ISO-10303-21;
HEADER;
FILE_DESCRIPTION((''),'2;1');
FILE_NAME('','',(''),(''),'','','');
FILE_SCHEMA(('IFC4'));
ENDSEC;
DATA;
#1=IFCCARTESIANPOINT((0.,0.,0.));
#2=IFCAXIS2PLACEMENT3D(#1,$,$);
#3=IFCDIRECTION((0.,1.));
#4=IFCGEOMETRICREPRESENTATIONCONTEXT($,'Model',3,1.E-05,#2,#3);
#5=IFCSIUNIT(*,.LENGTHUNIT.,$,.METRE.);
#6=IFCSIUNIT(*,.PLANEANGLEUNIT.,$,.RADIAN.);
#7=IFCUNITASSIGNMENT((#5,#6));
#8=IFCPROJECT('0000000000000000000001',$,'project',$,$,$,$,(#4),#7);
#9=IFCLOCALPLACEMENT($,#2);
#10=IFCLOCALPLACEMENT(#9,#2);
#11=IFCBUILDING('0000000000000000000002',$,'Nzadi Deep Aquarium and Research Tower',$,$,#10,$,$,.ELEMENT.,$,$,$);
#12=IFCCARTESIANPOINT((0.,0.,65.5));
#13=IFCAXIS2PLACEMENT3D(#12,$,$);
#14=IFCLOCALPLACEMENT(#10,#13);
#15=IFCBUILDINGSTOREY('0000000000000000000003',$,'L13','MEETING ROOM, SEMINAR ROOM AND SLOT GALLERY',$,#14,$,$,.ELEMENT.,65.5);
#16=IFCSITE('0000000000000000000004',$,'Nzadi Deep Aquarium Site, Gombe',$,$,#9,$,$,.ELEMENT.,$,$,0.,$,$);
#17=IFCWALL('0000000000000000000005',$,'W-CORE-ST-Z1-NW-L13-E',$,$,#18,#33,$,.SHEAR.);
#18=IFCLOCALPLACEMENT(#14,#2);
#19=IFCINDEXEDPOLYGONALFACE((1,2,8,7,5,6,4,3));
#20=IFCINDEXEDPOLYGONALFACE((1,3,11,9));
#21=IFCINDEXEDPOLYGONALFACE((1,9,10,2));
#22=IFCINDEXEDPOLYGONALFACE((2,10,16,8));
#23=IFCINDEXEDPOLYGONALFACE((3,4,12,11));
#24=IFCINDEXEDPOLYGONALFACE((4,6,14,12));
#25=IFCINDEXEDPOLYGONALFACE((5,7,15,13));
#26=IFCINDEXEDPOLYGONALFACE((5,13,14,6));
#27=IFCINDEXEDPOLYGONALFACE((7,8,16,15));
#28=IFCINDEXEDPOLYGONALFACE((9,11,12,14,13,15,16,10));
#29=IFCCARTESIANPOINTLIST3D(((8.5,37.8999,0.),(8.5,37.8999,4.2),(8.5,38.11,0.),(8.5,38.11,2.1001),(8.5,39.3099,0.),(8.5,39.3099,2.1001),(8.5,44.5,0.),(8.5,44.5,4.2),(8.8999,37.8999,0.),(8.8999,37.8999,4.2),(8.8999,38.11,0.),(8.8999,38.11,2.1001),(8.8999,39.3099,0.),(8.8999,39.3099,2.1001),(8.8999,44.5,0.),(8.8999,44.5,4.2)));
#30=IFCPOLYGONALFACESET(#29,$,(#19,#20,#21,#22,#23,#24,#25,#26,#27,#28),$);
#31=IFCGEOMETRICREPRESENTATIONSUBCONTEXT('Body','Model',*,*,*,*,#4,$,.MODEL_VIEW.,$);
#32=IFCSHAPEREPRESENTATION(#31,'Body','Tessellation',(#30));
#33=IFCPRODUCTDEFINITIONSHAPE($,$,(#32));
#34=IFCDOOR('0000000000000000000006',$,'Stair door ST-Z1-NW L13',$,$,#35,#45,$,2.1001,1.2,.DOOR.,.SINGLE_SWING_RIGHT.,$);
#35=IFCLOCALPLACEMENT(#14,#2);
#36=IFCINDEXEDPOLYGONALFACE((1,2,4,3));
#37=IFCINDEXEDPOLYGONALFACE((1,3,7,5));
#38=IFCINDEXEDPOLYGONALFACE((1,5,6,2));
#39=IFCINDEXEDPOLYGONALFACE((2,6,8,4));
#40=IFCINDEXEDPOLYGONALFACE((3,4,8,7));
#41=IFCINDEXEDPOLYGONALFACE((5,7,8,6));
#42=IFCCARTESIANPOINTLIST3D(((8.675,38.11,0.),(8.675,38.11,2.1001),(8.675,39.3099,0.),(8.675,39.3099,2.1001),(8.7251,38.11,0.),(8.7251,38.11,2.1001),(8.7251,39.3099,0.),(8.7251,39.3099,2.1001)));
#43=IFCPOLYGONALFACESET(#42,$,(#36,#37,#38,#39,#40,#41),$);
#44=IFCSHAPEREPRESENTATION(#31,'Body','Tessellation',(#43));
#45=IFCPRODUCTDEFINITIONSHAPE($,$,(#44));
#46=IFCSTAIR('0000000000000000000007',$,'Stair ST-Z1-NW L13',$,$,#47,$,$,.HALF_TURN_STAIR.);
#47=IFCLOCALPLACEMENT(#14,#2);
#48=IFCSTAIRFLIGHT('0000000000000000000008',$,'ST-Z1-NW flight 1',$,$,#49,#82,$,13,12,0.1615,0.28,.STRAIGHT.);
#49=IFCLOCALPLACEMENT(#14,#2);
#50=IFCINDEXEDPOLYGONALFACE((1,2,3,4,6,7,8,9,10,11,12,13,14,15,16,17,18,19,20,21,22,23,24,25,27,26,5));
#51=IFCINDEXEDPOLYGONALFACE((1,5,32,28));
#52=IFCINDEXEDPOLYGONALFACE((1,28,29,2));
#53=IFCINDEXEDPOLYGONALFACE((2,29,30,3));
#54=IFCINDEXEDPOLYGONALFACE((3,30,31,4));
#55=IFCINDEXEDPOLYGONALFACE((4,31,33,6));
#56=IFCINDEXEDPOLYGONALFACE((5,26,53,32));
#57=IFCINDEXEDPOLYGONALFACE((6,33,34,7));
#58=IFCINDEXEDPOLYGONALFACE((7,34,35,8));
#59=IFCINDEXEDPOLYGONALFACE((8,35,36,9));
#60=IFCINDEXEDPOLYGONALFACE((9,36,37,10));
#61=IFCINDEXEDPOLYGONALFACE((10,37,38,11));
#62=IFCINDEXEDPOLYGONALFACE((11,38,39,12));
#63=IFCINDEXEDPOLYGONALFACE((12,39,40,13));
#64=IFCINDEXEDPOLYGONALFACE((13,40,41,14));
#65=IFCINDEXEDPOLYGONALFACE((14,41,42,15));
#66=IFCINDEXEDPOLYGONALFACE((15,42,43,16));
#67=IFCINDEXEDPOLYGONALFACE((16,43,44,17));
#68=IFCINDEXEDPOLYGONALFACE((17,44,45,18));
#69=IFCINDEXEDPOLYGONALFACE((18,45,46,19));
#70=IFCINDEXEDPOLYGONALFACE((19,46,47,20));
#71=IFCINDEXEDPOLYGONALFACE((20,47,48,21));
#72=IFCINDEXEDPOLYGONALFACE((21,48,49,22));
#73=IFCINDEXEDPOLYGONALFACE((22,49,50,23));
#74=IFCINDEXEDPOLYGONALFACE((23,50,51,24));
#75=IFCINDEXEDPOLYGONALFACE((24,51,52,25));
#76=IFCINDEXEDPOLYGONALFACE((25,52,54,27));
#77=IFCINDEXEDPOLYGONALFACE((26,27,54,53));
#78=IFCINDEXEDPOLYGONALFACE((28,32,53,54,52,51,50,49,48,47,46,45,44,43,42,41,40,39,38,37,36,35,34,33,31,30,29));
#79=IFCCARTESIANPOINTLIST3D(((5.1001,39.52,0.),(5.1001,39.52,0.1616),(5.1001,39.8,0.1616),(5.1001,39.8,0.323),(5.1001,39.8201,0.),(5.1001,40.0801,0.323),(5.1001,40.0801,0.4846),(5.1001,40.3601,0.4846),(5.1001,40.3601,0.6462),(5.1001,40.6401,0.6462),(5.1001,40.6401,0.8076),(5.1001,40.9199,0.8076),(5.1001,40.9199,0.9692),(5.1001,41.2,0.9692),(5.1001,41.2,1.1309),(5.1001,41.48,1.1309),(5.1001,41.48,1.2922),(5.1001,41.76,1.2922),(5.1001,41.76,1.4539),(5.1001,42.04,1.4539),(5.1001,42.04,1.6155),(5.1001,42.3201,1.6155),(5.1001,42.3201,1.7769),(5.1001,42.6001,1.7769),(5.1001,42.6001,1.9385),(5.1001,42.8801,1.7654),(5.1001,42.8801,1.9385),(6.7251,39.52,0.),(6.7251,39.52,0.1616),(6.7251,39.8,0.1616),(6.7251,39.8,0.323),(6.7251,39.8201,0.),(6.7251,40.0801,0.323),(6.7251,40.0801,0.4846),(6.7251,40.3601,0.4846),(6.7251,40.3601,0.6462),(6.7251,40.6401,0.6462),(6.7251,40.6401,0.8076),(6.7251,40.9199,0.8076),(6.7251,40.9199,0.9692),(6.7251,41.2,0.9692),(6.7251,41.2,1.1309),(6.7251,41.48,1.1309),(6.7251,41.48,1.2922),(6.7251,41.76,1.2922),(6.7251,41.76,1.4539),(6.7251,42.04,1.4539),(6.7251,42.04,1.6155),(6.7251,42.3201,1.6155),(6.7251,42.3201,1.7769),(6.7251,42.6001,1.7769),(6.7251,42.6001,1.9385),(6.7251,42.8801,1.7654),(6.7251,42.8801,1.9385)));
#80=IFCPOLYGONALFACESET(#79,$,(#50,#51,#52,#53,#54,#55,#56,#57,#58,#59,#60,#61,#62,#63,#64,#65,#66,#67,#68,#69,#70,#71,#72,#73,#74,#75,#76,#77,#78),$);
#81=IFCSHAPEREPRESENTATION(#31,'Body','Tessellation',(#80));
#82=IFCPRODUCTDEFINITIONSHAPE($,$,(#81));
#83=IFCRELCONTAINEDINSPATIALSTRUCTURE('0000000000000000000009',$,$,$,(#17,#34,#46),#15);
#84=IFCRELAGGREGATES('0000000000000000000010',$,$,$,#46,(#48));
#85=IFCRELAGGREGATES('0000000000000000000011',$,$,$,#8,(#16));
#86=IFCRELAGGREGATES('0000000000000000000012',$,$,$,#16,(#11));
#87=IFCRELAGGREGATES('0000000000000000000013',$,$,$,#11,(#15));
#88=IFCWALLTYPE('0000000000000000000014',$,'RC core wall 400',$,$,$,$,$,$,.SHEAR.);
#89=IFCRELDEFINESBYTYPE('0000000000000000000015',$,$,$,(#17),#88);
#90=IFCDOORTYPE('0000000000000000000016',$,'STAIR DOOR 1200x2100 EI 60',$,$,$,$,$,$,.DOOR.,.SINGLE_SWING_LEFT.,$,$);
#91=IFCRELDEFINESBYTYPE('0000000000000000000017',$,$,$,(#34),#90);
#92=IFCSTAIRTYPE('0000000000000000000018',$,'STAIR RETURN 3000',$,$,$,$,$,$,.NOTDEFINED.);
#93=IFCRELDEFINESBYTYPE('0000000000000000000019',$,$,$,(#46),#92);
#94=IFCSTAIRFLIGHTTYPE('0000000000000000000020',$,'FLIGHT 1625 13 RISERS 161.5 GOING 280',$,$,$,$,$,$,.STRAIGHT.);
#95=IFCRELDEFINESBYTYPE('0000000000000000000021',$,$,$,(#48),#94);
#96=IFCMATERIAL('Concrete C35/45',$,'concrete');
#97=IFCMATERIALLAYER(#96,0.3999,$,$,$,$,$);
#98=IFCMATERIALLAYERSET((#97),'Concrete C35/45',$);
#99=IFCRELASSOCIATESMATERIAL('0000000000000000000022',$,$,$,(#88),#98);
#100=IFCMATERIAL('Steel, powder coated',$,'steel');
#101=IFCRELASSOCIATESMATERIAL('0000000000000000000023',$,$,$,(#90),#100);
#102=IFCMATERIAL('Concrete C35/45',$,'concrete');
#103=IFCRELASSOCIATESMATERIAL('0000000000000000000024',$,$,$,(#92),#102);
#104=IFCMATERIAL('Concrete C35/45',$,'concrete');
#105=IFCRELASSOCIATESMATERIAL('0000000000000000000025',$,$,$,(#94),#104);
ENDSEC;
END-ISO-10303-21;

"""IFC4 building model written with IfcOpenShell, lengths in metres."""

from ifc_helpers import new_model, si_unit, direction, frame, frame_2d, origin, place, context, subcontext, project, spatial, polyline, rectangle, outline, extrude, material, layer, layer_set, type_object, element, fill, aggregate, save


model = new_model("IFC4")

# Units and contexts
model_context = context("Model", 3, precision=1e-05, world=origin(), true_north=direction((0.0, 1.0)))
body_context = subcontext(model_context, "Body", "Model", "MODEL_VIEW")
ifc_project = project(units=[si_unit("LENGTHUNIT", "METRE"), si_unit("PLANEANGLEUNIT", "RADIAN")], contexts=[model_context])

# Site, building, storey
site_placement = place(None, origin())
site = spatial("IfcSite", under=ifc_project, at=site_placement, Name="Nzadi Deep Aquarium Site, Gombe", CompositionType="ELEMENT", RefElevation=0.0)
building_placement = place(site_placement, origin())
building = spatial("IfcBuilding", under=site, at=building_placement, Name="Nzadi Deep Aquarium and Research Tower", CompositionType="ELEMENT")
storey_placement = place(building_placement, frame((0.0, 0.0, 65.5)))
storey = spatial("IfcBuildingStorey", under=building, at=storey_placement, Name="L13", Description="MEETING ROOM, SEMINAR ROOM AND SLOT GALLERY", CompositionType="ELEMENT", Elevation=65.5)

# Shared definitions
ifc_material_1 = material(Name="Concrete C35/45", Category="concrete")
ifc_layer_1 = layer(ifc_material_1, 0.3999)
ifc_layer_set_1 = layer_set([ifc_layer_1], Name="Concrete C35/45")
wall_type_1 = type_object("IfcWallType", Name="RC core wall 400", PredefinedType="SHEAR", material=ifc_layer_set_1)

# Wall, opening, door
wall_1_placement = place(storey_placement, frame((8.7, 37.8999, 0.0), z_axis=(0.0, 0.0, 1.0), x_axis=(0.0, 1.0, 0.0)))
wall_1 = element("IfcWall", 1, at=wall_1_placement, inside=storey, type_object=wall_type_1, Name="W-CORE-ST-Z1-NW-L13-E", PredefinedType="SHEAR", context=body_context, shape_type="SweptSolid", body=[
    extrude(rectangle(XDim=6.6001, YDim=0.3999, at=frame_2d((3.3, 0.0))), origin(), (0.0, 0.0, 1.0), 4.2),
])
opening_1_placement = place(wall_1_placement, frame((0.21, 0.0, 0.0)))
opening_1 = element("IfcOpeningElement", 2, at=opening_1_placement, cuts=wall_1, PredefinedType="OPENING", context=body_context, shape_type="SweptSolid", body=[
    extrude(rectangle(XDim=1.2, YDim=2.1001, at=frame_2d((0.6001, 1.05))), frame((0.0, 0.21, 0.0), z_axis=(0.0, -1.0, 0.0), x_axis=(1.0, 0.0, 0.0)), (0.0, 0.0, 1.0), 0.4199),
])
ifc_material_2 = material(Name="Steel, powder coated", Category="steel")
door_type_1 = type_object("IfcDoorType", Name="STAIR DOOR 1200x2100 EI 60", OperationType="SINGLE_SWING_LEFT", PredefinedType="DOOR", material=ifc_material_2)
door_1_placement = place(opening_1_placement, origin())
door_1 = element("IfcDoor", 3, at=door_1_placement, inside=storey, type_object=door_type_1, Name="Stair door ST-Z1-NW L13", OperationType="SINGLE_SWING_RIGHT", OverallHeight=2.1001, OverallWidth=1.2, PredefinedType="DOOR", context=body_context, shape_type="SweptSolid", body=[
    extrude(rectangle(XDim=1.2, YDim=2.1001, at=frame_2d((0.6001, 1.05))), frame((0.0, 0.0249, 0.0), z_axis=(0.0, -1.0, 0.0), x_axis=(1.0, 0.0, 0.0)), (0.0, 0.0, 1.0), 0.05),
])
fill(opening_1, door_1)

# Stair, stair flight
ifc_material_3 = material(Name="Concrete C35/45", Category="concrete")
stair_type = type_object("IfcStairType", Name="STAIR RETURN 3000", PredefinedType="NOTDEFINED", material=ifc_material_3)
stair_placement = place(storey_placement, origin())
stair = element("IfcStair", 4, at=stair_placement, inside=storey, type_object=stair_type, Name="Stair ST-Z1-NW L13", PredefinedType="HALF_TURN_STAIR")
ifc_material_4 = material(Name="Concrete C35/45", Category="concrete")
stair_flight_type = type_object("IfcStairFlightType", Name="FLIGHT 1625 13 RISERS 161.5 GOING 280", PredefinedType="STRAIGHT", material=ifc_material_4)
stair_flight_placement = place(storey_placement, frame((5.9126, 39.52, 0.0), z_axis=(0.0, 0.0, 1.0), x_axis=(0.0, 1.0, 0.0)))
stair_flight = element("IfcStairFlight", 5, at=stair_flight_placement, type_object=stair_flight_type, Name="ST-Z1-NW flight 1", NumberOfRisers=13, NumberOfTreads=12, PredefinedType="STRAIGHT", RiserHeight=0.1615, TreadLength=0.28, context=body_context, shape_type="SweptSolid", body=[
    extrude(outline(polyline([(0.0, 0.0), (0.0, 0.1616), (0.28, 0.1616), (0.28, 0.323), (0.5601, 0.323), (0.5601, 0.4846), (0.8401, 0.4846), (0.8401, 0.6462), (1.1201, 0.6462), (1.1201, 0.8076), (1.3999, 0.8076), (1.3999, 0.9692), (1.6799, 0.9692), (1.6799, 1.1309), (1.96, 1.1309), (1.96, 1.2922), (2.24, 1.2922), (2.24, 1.4539), (2.52, 1.4539), (2.52, 1.6155), (2.8, 1.6155), (2.8, 1.7769), (3.0801, 1.7769), (3.0801, 1.9385), (3.3601, 1.9385), (3.3601, 2.1001), (3.3601, 1.7654), (0.3, 0.0), (0.0, 0.0)])), frame((0.0, 0.8125, 0.0), z_axis=(0.0, -1.0, 0.0), x_axis=(1.0, 0.0, 0.0)), (0.0, 0.0, 1.0), 1.625),
])
aggregate(stair, [stair_flight])

save(model, "model.ifc")
